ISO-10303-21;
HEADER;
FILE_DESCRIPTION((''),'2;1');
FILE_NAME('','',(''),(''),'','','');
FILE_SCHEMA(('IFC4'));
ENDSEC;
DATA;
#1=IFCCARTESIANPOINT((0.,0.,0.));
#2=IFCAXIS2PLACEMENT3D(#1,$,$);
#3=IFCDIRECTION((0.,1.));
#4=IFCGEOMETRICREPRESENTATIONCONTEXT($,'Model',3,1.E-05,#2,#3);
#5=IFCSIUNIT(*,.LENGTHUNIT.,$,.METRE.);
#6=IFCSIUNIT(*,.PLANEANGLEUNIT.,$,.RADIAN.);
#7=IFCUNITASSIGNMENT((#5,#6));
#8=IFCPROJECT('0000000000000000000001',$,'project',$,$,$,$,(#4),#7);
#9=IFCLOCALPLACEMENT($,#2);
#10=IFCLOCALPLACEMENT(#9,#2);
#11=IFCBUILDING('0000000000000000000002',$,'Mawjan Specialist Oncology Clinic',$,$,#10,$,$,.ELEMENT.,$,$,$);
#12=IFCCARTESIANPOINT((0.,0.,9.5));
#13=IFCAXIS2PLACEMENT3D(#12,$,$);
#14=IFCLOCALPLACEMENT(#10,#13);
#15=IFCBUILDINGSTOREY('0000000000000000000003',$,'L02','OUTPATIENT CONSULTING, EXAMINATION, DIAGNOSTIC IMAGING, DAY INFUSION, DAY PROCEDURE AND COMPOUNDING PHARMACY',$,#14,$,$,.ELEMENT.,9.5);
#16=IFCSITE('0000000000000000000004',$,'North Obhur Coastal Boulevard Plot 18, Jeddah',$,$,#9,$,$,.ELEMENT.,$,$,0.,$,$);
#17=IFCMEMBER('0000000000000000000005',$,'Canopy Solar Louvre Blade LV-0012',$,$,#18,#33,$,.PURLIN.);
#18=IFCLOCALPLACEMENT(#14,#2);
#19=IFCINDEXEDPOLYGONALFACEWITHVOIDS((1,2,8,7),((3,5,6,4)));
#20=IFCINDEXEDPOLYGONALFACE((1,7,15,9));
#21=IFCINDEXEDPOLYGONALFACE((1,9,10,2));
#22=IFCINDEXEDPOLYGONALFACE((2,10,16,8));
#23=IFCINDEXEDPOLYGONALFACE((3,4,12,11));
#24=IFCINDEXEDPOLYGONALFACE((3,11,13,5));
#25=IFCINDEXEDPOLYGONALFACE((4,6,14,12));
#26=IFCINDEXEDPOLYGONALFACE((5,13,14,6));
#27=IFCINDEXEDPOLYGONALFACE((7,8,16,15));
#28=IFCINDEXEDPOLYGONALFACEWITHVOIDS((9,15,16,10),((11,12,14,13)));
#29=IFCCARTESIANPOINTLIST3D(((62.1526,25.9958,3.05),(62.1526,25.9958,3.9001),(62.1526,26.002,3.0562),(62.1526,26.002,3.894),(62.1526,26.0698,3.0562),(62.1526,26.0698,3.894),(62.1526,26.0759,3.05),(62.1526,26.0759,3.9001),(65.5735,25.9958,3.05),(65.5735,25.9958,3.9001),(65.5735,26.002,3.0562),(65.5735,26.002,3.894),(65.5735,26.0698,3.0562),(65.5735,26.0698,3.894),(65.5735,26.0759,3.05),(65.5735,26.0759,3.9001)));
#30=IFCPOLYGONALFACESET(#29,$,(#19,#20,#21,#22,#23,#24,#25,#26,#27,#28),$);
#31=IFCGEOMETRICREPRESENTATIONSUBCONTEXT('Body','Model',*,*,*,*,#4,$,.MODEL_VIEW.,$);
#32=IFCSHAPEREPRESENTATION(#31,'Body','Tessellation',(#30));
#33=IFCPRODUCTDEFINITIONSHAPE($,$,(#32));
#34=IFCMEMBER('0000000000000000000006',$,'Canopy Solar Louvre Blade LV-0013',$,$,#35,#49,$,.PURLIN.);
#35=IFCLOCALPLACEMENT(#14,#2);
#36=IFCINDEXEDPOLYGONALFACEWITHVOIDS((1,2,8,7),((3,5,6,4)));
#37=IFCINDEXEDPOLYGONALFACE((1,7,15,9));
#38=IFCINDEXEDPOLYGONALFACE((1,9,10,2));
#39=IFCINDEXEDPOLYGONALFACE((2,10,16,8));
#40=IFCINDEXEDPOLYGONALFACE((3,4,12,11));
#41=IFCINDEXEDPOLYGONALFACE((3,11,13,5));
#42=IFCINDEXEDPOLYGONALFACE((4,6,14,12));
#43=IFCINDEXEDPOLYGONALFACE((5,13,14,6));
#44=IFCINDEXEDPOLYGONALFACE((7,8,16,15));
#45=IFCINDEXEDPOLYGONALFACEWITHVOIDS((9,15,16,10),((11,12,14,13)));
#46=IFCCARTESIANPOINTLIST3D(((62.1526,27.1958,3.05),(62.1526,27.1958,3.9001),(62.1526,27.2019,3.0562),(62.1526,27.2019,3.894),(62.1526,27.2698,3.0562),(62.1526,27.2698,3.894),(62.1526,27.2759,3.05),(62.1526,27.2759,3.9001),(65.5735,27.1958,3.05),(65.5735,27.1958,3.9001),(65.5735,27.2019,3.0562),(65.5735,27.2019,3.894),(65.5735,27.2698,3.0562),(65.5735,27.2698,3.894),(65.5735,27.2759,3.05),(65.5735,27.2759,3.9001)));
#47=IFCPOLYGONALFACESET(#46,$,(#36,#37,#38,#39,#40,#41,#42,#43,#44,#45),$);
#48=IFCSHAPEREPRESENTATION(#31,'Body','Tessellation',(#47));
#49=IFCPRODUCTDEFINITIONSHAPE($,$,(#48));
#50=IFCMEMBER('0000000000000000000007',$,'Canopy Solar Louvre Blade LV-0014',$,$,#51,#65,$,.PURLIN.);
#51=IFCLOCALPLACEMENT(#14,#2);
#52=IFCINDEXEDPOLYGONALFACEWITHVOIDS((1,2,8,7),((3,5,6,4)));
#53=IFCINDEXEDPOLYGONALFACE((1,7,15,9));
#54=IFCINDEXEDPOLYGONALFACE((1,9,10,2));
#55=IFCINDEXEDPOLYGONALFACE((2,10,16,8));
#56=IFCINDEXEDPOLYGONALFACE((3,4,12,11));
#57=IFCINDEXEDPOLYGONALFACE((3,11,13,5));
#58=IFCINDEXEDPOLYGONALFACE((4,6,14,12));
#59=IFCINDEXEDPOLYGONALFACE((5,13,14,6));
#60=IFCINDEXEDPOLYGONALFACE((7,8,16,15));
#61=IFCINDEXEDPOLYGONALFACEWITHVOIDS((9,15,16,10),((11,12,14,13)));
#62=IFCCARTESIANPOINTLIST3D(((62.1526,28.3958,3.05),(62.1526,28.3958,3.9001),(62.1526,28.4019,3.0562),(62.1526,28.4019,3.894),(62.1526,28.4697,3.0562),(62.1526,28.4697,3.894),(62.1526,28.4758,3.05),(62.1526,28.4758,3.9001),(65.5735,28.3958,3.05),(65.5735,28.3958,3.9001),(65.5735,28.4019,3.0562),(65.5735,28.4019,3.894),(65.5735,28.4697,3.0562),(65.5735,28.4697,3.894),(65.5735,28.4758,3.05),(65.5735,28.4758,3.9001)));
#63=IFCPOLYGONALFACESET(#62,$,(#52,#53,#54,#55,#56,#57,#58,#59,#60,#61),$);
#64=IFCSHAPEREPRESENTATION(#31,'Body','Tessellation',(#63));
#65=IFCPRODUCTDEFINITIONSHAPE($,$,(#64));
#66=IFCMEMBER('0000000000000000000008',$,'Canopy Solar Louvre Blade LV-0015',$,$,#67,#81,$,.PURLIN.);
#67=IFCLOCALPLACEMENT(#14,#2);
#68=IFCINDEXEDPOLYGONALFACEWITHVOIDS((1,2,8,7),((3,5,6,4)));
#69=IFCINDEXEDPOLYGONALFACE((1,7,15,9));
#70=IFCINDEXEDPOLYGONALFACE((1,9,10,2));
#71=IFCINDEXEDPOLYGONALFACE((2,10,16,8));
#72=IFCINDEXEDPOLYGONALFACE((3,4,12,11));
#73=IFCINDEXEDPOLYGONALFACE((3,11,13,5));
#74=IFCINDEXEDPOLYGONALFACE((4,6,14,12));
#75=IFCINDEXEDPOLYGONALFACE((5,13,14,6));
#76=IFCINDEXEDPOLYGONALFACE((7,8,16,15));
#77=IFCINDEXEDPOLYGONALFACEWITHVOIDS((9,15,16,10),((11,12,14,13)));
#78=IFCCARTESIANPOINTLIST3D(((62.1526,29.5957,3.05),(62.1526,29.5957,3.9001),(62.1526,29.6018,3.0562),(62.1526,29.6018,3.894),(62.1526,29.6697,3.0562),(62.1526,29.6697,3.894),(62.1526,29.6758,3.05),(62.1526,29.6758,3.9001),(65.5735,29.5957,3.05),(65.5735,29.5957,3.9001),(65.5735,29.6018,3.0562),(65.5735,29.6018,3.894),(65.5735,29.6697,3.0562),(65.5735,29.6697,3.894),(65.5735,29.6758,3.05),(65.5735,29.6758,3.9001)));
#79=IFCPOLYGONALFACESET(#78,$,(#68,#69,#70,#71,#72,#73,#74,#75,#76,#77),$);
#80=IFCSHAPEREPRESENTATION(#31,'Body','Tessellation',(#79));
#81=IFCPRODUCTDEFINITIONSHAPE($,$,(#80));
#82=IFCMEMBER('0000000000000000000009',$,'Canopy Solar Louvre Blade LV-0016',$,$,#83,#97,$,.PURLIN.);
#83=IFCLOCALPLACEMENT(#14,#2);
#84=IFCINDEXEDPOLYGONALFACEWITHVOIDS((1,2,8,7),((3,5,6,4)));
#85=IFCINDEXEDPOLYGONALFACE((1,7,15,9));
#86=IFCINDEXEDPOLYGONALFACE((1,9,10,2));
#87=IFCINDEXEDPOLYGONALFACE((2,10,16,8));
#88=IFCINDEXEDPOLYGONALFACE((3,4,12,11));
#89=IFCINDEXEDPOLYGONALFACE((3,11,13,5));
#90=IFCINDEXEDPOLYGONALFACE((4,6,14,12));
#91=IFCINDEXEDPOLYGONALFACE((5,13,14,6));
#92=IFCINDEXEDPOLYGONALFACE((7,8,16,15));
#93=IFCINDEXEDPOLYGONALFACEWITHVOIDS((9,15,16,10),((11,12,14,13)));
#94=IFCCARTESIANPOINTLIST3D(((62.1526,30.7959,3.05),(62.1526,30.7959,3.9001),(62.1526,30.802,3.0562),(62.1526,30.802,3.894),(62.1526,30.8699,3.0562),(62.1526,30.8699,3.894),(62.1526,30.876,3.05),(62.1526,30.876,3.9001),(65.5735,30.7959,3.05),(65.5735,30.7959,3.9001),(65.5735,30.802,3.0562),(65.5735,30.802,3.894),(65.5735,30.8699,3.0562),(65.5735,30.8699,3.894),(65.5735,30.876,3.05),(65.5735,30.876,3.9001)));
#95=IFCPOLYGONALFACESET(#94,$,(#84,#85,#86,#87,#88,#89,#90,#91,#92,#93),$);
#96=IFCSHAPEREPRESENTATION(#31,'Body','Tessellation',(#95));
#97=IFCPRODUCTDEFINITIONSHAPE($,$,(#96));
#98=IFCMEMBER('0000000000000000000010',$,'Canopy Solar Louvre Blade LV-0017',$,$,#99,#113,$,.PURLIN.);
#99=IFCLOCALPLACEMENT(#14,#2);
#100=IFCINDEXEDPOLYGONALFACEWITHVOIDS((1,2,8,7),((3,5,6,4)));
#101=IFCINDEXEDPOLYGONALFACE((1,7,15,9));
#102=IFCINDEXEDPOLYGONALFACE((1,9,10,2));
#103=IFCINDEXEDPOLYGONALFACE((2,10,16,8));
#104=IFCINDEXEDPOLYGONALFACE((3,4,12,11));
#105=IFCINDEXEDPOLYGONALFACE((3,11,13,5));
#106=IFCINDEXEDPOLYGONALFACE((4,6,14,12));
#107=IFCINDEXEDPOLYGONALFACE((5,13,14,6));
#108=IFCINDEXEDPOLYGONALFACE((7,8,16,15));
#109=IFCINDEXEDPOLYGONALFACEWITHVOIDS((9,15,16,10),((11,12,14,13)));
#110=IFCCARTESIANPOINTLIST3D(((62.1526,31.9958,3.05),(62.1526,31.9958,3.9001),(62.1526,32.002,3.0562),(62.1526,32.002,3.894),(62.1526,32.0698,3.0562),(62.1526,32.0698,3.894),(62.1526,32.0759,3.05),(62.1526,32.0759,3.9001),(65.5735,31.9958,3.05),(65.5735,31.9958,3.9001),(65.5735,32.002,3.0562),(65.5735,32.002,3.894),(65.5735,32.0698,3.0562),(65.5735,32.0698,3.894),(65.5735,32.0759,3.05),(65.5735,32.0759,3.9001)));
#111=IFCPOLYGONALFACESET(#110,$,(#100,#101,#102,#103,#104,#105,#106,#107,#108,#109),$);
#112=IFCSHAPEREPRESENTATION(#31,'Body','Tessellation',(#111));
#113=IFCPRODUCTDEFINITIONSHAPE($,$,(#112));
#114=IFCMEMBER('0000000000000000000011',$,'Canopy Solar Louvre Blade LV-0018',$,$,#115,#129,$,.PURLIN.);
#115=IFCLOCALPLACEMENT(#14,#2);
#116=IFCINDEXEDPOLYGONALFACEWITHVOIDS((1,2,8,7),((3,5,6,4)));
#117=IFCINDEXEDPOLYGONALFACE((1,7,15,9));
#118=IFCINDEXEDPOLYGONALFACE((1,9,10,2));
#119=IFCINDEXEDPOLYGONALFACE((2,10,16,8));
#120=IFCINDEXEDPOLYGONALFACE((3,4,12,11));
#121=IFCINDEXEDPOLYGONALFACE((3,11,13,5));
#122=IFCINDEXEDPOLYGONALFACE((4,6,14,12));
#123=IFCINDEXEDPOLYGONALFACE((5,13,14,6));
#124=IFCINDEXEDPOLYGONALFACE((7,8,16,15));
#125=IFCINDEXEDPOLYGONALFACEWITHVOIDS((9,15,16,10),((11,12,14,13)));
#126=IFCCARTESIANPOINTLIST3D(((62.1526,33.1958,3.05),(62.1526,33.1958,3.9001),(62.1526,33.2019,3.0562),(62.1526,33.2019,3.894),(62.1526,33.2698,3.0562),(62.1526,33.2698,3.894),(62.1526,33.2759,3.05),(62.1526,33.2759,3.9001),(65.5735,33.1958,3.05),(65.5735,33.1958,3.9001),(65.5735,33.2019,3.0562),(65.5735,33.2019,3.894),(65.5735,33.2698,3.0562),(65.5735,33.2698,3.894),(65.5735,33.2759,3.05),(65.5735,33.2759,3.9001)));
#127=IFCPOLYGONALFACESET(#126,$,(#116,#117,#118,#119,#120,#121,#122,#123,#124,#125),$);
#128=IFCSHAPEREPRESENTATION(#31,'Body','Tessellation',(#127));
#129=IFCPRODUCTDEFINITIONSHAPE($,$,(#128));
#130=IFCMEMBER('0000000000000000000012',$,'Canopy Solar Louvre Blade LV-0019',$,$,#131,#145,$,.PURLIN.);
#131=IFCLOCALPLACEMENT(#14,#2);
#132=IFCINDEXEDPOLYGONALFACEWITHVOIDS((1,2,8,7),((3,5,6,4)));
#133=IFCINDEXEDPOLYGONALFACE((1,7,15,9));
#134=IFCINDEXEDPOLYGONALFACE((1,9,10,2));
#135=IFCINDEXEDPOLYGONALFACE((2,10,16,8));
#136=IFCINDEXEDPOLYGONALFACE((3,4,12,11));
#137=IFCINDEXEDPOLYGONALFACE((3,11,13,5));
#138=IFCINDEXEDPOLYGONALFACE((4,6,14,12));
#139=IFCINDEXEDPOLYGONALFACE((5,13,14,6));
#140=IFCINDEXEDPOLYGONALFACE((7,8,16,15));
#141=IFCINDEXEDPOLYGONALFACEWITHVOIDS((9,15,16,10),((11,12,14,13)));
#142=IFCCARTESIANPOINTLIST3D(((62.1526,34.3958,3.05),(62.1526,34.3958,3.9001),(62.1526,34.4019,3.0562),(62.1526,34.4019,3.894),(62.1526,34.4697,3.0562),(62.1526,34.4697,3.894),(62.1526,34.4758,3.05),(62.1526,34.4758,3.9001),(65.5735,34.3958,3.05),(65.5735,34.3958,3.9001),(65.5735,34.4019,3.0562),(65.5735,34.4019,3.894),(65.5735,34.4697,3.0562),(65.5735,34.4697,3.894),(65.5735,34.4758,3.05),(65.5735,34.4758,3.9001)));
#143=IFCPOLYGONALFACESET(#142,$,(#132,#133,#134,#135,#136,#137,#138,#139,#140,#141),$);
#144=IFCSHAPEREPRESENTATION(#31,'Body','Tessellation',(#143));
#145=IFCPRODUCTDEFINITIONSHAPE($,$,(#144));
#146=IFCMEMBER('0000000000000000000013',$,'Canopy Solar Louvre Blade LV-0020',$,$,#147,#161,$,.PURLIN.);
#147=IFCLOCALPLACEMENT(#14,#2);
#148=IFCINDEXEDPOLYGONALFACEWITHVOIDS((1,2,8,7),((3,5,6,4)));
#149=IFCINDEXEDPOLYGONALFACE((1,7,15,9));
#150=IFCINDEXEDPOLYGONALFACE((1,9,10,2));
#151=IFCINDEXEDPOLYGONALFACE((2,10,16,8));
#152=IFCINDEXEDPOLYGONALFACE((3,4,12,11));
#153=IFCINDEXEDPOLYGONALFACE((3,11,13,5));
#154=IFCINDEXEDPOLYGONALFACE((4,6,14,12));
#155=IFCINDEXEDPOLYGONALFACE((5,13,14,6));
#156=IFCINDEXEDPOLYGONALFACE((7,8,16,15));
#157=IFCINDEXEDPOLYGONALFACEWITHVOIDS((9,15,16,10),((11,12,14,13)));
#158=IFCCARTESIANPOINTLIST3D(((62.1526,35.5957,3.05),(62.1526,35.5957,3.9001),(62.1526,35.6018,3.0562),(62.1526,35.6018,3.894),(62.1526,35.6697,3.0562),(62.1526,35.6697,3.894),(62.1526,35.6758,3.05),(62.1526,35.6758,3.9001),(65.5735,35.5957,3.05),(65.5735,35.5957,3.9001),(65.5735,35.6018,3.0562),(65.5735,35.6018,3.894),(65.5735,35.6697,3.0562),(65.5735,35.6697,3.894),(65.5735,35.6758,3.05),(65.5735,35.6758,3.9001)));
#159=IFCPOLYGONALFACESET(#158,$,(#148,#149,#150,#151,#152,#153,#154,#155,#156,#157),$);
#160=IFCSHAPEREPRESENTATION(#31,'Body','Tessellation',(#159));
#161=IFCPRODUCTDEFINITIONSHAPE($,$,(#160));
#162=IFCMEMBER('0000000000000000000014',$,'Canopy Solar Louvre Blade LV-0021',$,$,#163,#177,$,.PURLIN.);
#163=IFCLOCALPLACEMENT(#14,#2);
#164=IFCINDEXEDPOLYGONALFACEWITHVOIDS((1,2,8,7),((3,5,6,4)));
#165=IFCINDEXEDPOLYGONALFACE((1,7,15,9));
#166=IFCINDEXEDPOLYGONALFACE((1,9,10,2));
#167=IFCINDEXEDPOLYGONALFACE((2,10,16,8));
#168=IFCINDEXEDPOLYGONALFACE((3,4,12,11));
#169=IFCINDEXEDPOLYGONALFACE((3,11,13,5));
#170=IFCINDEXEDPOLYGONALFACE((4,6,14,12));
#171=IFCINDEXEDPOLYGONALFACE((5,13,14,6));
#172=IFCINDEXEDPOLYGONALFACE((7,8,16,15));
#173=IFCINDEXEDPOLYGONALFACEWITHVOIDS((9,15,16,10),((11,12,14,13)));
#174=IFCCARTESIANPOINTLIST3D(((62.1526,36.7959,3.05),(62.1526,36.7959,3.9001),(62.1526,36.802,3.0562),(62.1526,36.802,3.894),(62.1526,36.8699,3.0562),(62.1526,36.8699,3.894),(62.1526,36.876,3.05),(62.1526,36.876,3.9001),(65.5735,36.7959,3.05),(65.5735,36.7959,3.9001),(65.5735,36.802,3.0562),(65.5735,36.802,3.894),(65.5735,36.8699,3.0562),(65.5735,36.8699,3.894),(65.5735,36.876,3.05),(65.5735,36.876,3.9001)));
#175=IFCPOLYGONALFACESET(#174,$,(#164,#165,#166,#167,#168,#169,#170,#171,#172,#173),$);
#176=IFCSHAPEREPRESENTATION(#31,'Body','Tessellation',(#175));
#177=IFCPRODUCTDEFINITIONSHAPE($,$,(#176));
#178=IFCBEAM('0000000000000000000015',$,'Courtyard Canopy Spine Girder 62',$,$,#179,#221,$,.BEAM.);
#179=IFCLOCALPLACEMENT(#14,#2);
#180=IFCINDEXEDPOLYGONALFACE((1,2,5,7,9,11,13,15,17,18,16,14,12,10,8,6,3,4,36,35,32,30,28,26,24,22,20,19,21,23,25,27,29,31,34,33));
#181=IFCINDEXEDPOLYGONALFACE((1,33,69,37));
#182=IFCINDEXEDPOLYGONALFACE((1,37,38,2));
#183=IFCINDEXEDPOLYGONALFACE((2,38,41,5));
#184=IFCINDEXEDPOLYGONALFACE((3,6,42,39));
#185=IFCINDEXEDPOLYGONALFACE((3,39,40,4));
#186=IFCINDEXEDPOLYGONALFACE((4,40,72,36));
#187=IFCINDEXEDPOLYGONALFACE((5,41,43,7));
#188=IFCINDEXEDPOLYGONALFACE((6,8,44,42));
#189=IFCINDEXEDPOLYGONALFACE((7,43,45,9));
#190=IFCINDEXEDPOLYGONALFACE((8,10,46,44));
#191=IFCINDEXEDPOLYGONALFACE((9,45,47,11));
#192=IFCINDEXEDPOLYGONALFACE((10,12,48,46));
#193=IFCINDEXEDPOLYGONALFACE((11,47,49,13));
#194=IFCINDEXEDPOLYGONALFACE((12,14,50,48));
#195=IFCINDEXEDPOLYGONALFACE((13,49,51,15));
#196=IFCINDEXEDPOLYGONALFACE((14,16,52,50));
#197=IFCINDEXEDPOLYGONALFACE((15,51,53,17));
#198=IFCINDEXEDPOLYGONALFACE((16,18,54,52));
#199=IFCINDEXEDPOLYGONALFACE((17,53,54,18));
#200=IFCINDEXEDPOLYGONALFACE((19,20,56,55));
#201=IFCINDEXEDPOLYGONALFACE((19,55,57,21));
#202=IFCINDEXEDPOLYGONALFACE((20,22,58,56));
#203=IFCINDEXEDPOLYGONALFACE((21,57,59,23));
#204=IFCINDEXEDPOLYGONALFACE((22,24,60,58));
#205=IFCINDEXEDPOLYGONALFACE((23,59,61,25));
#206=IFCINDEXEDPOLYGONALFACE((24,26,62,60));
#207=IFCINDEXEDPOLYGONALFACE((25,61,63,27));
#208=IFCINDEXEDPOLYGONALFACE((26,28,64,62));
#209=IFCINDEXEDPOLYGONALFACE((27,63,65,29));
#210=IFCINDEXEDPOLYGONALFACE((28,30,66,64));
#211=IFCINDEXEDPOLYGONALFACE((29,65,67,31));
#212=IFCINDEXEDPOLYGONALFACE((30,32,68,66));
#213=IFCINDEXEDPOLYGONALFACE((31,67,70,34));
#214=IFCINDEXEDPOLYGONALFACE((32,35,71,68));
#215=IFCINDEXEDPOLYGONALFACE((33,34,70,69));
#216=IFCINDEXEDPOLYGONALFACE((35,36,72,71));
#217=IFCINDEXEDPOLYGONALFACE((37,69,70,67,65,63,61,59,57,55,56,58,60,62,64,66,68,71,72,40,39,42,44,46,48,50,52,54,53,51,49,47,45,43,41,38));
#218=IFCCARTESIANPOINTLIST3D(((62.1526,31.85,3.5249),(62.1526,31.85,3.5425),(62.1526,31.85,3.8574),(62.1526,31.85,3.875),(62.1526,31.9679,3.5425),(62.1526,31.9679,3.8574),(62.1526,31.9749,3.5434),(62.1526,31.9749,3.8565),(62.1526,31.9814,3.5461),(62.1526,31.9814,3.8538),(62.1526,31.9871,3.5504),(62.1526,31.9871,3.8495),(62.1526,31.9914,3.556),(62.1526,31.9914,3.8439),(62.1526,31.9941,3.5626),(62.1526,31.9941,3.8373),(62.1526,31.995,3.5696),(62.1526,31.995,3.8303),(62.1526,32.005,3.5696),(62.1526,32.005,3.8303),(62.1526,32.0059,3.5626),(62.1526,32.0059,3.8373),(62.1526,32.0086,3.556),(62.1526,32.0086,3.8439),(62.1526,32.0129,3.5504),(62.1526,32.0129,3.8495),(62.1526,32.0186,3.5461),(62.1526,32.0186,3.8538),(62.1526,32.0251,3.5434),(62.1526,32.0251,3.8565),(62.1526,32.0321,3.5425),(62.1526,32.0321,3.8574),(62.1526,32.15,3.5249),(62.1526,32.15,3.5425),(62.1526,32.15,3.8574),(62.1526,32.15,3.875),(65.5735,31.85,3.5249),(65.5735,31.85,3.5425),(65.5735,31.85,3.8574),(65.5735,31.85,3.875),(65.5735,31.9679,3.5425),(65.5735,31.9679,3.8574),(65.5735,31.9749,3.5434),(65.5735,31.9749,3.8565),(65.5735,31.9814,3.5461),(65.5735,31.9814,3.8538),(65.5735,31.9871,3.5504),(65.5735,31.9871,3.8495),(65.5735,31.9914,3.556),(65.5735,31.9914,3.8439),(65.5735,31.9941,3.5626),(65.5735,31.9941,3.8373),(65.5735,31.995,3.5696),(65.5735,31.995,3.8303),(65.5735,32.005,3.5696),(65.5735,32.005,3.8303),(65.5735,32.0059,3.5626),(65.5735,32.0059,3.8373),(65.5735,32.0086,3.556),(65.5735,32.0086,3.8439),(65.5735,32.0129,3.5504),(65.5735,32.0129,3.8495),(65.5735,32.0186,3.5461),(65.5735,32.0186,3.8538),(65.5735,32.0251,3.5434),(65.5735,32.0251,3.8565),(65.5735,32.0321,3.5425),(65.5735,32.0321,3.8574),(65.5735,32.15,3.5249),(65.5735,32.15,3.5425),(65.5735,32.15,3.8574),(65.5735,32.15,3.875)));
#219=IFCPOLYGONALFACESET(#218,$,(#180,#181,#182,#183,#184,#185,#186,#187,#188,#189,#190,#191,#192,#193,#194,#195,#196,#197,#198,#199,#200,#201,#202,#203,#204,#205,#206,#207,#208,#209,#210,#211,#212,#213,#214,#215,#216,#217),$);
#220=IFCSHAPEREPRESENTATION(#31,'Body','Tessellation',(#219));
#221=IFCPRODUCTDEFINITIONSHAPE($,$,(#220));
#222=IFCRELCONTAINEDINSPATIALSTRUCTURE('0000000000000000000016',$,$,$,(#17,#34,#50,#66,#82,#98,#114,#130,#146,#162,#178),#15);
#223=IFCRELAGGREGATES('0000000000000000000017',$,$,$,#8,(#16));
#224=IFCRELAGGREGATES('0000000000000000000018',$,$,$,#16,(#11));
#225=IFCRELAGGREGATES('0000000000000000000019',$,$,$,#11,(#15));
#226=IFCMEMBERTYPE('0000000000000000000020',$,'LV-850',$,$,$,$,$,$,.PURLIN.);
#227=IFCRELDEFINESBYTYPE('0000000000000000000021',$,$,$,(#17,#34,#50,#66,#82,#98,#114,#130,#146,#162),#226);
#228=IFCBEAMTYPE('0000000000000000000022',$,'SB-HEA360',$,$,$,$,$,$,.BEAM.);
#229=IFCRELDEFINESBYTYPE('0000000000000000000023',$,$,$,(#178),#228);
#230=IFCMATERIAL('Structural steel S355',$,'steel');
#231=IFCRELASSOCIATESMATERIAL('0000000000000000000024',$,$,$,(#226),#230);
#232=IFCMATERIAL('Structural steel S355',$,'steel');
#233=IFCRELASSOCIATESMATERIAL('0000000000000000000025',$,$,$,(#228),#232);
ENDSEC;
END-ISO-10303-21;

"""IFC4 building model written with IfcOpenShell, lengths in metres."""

from ifc_helpers import new_model, si_unit, direction, frame, origin, origin_2d, place, context, subcontext, project, spatial, hollow_rectangle, i_section, extrude, material, material_profile, profile_set, type_object, element, save


model = new_model("IFC4")

# Units and contexts
model_context = context("Model", 3, precision=1e-05, world=origin(), true_north=direction((0.0, 1.0)))
body_context = subcontext(model_context, "Body", "Model", "MODEL_VIEW")
ifc_project = project(units=[si_unit("LENGTHUNIT", "METRE"), si_unit("PLANEANGLEUNIT", "RADIAN")], contexts=[model_context])

# Site, building, storey
site_placement = place(None, origin())
site = spatial("IfcSite", under=ifc_project, at=site_placement, Name="North Obhur Coastal Boulevard Plot 18, Jeddah", CompositionType="ELEMENT", RefElevation=0.0)
building_placement = place(site_placement, origin())
building = spatial("IfcBuilding", under=site, at=building_placement, Name="Mawjan Specialist Oncology Clinic", CompositionType="ELEMENT")
storey_placement = place(building_placement, frame((0.0, 0.0, 9.5)))
storey = spatial("IfcBuildingStorey", under=building, at=storey_placement, Name="L02", Description="OUTPATIENT CONSULTING, EXAMINATION, DIAGNOSTIC IMAGING, DAY INFUSION, DAY PROCEDURE AND COMPOUNDING PHARMACY", CompositionType="ELEMENT", Elevation=9.5)

# Members
ifc_material_1 = material(Name="Structural steel S355", Category="steel")
ifc_material_profile_1 = material_profile(ifc_material_1, hollow_rectangle(XDim=0.0801, YDim=0.8501, WallThickness=0.0061, at=origin_2d()), Name="LOUVRE 850x80x6", Category="steel")
ifc_profile_set_1 = profile_set([ifc_material_profile_1], Name="Structural steel S355")
member_type_1 = type_object("IfcMemberType", Name="LV-850", PredefinedType="PURLIN", material=ifc_profile_set_1)
for number, where, z_axis, x_axis, name in (
    (1, (62.1526, 26.0359, 3.4751), (1.0, 0.0, 0.0), (0.0, 1.0, 0.0), "Canopy Solar Louvre Blade LV-0012"),
    (2, (62.1526, 27.2358, 3.4751), (1.0, 0.0, 0.0), (0.0, 1.0, 0.0), "Canopy Solar Louvre Blade LV-0013"),
    (3, (62.1526, 28.4358, 3.4751), (1.0, 0.0, 0.0), (0.0, 1.0, 0.0), "Canopy Solar Louvre Blade LV-0014"),
    (4, (62.1526, 29.6357, 3.4751), (1.0, 0.0, 0.0), (0.0, 1.0, 0.0), "Canopy Solar Louvre Blade LV-0015"),
    (5, (62.1526, 30.8359, 3.4751), (1.0, 0.0, 0.0), (0.0, 1.0, 0.0), "Canopy Solar Louvre Blade LV-0016"),
    (6, (62.1526, 32.0359, 3.4751), (1.0, 0.0, 0.0), (0.0, 1.0, 0.0), "Canopy Solar Louvre Blade LV-0017"),
    (7, (62.1526, 33.2358, 3.4751), (1.0, 0.0, 0.0), (0.0, 1.0, 0.0), "Canopy Solar Louvre Blade LV-0018"),
    (8, (62.1526, 34.4358, 3.4751), (1.0, 0.0, 0.0), (0.0, 1.0, 0.0), "Canopy Solar Louvre Blade LV-0019"),
    (9, (62.1526, 35.6357, 3.4751), (1.0, 0.0, 0.0), (0.0, 1.0, 0.0), "Canopy Solar Louvre Blade LV-0020"),
    (10, (62.1526, 36.8359, 3.4751), (1.0, 0.0, 0.0), (0.0, 1.0, 0.0), "Canopy Solar Louvre Blade LV-0021"),
):
    element("IfcMember", number, at=place(storey_placement, frame(where, z_axis=z_axis, x_axis=x_axis)), inside=storey, type_object=member_type_1, Name=name, PredefinedType="PURLIN", context=body_context, shape_type="SweptSolid", body=[
        extrude(hollow_rectangle(XDim=0.0801, YDim=0.8501, WallThickness=0.0061, at=origin_2d()), origin(), (0.0, 0.0, 1.0), 3.4209),
    ])

# Beam
ifc_material_2 = material(Name="Structural steel S355", Category="steel")
ifc_material_profile_2 = material_profile(ifc_material_2, i_section(OverallWidth=0.3, OverallDepth=0.3501, WebThickness=0.01, FlangeThickness=0.0176, FilletRadius=0.0271, at=origin_2d()), Name="HEA 360", Category="steel")
ifc_profile_set_2 = profile_set([ifc_material_profile_2], Name="Structural steel S355")
beam_type_1 = type_object("IfcBeamType", Name="SB-HEA360", PredefinedType="BEAM", material=ifc_profile_set_2)
beam_1_placement = place(storey_placement, frame((62.1526, 32.0, 3.7), z_axis=(1.0, 0.0, 0.0), x_axis=(0.0, 1.0, 0.0)))
element("IfcBeam", 11, at=beam_1_placement, inside=storey, type_object=beam_type_1, Name="Courtyard Canopy Spine Girder 62", PredefinedType="BEAM", context=body_context, shape_type="SweptSolid", body=[
    extrude(i_section(OverallWidth=0.3, OverallDepth=0.3501, WebThickness=0.01, FlangeThickness=0.0176, FilletRadius=0.0271, at=origin_2d()), origin(), (0.0, 0.0, 1.0), 3.4209),
])

save(model, "model.ifc")
